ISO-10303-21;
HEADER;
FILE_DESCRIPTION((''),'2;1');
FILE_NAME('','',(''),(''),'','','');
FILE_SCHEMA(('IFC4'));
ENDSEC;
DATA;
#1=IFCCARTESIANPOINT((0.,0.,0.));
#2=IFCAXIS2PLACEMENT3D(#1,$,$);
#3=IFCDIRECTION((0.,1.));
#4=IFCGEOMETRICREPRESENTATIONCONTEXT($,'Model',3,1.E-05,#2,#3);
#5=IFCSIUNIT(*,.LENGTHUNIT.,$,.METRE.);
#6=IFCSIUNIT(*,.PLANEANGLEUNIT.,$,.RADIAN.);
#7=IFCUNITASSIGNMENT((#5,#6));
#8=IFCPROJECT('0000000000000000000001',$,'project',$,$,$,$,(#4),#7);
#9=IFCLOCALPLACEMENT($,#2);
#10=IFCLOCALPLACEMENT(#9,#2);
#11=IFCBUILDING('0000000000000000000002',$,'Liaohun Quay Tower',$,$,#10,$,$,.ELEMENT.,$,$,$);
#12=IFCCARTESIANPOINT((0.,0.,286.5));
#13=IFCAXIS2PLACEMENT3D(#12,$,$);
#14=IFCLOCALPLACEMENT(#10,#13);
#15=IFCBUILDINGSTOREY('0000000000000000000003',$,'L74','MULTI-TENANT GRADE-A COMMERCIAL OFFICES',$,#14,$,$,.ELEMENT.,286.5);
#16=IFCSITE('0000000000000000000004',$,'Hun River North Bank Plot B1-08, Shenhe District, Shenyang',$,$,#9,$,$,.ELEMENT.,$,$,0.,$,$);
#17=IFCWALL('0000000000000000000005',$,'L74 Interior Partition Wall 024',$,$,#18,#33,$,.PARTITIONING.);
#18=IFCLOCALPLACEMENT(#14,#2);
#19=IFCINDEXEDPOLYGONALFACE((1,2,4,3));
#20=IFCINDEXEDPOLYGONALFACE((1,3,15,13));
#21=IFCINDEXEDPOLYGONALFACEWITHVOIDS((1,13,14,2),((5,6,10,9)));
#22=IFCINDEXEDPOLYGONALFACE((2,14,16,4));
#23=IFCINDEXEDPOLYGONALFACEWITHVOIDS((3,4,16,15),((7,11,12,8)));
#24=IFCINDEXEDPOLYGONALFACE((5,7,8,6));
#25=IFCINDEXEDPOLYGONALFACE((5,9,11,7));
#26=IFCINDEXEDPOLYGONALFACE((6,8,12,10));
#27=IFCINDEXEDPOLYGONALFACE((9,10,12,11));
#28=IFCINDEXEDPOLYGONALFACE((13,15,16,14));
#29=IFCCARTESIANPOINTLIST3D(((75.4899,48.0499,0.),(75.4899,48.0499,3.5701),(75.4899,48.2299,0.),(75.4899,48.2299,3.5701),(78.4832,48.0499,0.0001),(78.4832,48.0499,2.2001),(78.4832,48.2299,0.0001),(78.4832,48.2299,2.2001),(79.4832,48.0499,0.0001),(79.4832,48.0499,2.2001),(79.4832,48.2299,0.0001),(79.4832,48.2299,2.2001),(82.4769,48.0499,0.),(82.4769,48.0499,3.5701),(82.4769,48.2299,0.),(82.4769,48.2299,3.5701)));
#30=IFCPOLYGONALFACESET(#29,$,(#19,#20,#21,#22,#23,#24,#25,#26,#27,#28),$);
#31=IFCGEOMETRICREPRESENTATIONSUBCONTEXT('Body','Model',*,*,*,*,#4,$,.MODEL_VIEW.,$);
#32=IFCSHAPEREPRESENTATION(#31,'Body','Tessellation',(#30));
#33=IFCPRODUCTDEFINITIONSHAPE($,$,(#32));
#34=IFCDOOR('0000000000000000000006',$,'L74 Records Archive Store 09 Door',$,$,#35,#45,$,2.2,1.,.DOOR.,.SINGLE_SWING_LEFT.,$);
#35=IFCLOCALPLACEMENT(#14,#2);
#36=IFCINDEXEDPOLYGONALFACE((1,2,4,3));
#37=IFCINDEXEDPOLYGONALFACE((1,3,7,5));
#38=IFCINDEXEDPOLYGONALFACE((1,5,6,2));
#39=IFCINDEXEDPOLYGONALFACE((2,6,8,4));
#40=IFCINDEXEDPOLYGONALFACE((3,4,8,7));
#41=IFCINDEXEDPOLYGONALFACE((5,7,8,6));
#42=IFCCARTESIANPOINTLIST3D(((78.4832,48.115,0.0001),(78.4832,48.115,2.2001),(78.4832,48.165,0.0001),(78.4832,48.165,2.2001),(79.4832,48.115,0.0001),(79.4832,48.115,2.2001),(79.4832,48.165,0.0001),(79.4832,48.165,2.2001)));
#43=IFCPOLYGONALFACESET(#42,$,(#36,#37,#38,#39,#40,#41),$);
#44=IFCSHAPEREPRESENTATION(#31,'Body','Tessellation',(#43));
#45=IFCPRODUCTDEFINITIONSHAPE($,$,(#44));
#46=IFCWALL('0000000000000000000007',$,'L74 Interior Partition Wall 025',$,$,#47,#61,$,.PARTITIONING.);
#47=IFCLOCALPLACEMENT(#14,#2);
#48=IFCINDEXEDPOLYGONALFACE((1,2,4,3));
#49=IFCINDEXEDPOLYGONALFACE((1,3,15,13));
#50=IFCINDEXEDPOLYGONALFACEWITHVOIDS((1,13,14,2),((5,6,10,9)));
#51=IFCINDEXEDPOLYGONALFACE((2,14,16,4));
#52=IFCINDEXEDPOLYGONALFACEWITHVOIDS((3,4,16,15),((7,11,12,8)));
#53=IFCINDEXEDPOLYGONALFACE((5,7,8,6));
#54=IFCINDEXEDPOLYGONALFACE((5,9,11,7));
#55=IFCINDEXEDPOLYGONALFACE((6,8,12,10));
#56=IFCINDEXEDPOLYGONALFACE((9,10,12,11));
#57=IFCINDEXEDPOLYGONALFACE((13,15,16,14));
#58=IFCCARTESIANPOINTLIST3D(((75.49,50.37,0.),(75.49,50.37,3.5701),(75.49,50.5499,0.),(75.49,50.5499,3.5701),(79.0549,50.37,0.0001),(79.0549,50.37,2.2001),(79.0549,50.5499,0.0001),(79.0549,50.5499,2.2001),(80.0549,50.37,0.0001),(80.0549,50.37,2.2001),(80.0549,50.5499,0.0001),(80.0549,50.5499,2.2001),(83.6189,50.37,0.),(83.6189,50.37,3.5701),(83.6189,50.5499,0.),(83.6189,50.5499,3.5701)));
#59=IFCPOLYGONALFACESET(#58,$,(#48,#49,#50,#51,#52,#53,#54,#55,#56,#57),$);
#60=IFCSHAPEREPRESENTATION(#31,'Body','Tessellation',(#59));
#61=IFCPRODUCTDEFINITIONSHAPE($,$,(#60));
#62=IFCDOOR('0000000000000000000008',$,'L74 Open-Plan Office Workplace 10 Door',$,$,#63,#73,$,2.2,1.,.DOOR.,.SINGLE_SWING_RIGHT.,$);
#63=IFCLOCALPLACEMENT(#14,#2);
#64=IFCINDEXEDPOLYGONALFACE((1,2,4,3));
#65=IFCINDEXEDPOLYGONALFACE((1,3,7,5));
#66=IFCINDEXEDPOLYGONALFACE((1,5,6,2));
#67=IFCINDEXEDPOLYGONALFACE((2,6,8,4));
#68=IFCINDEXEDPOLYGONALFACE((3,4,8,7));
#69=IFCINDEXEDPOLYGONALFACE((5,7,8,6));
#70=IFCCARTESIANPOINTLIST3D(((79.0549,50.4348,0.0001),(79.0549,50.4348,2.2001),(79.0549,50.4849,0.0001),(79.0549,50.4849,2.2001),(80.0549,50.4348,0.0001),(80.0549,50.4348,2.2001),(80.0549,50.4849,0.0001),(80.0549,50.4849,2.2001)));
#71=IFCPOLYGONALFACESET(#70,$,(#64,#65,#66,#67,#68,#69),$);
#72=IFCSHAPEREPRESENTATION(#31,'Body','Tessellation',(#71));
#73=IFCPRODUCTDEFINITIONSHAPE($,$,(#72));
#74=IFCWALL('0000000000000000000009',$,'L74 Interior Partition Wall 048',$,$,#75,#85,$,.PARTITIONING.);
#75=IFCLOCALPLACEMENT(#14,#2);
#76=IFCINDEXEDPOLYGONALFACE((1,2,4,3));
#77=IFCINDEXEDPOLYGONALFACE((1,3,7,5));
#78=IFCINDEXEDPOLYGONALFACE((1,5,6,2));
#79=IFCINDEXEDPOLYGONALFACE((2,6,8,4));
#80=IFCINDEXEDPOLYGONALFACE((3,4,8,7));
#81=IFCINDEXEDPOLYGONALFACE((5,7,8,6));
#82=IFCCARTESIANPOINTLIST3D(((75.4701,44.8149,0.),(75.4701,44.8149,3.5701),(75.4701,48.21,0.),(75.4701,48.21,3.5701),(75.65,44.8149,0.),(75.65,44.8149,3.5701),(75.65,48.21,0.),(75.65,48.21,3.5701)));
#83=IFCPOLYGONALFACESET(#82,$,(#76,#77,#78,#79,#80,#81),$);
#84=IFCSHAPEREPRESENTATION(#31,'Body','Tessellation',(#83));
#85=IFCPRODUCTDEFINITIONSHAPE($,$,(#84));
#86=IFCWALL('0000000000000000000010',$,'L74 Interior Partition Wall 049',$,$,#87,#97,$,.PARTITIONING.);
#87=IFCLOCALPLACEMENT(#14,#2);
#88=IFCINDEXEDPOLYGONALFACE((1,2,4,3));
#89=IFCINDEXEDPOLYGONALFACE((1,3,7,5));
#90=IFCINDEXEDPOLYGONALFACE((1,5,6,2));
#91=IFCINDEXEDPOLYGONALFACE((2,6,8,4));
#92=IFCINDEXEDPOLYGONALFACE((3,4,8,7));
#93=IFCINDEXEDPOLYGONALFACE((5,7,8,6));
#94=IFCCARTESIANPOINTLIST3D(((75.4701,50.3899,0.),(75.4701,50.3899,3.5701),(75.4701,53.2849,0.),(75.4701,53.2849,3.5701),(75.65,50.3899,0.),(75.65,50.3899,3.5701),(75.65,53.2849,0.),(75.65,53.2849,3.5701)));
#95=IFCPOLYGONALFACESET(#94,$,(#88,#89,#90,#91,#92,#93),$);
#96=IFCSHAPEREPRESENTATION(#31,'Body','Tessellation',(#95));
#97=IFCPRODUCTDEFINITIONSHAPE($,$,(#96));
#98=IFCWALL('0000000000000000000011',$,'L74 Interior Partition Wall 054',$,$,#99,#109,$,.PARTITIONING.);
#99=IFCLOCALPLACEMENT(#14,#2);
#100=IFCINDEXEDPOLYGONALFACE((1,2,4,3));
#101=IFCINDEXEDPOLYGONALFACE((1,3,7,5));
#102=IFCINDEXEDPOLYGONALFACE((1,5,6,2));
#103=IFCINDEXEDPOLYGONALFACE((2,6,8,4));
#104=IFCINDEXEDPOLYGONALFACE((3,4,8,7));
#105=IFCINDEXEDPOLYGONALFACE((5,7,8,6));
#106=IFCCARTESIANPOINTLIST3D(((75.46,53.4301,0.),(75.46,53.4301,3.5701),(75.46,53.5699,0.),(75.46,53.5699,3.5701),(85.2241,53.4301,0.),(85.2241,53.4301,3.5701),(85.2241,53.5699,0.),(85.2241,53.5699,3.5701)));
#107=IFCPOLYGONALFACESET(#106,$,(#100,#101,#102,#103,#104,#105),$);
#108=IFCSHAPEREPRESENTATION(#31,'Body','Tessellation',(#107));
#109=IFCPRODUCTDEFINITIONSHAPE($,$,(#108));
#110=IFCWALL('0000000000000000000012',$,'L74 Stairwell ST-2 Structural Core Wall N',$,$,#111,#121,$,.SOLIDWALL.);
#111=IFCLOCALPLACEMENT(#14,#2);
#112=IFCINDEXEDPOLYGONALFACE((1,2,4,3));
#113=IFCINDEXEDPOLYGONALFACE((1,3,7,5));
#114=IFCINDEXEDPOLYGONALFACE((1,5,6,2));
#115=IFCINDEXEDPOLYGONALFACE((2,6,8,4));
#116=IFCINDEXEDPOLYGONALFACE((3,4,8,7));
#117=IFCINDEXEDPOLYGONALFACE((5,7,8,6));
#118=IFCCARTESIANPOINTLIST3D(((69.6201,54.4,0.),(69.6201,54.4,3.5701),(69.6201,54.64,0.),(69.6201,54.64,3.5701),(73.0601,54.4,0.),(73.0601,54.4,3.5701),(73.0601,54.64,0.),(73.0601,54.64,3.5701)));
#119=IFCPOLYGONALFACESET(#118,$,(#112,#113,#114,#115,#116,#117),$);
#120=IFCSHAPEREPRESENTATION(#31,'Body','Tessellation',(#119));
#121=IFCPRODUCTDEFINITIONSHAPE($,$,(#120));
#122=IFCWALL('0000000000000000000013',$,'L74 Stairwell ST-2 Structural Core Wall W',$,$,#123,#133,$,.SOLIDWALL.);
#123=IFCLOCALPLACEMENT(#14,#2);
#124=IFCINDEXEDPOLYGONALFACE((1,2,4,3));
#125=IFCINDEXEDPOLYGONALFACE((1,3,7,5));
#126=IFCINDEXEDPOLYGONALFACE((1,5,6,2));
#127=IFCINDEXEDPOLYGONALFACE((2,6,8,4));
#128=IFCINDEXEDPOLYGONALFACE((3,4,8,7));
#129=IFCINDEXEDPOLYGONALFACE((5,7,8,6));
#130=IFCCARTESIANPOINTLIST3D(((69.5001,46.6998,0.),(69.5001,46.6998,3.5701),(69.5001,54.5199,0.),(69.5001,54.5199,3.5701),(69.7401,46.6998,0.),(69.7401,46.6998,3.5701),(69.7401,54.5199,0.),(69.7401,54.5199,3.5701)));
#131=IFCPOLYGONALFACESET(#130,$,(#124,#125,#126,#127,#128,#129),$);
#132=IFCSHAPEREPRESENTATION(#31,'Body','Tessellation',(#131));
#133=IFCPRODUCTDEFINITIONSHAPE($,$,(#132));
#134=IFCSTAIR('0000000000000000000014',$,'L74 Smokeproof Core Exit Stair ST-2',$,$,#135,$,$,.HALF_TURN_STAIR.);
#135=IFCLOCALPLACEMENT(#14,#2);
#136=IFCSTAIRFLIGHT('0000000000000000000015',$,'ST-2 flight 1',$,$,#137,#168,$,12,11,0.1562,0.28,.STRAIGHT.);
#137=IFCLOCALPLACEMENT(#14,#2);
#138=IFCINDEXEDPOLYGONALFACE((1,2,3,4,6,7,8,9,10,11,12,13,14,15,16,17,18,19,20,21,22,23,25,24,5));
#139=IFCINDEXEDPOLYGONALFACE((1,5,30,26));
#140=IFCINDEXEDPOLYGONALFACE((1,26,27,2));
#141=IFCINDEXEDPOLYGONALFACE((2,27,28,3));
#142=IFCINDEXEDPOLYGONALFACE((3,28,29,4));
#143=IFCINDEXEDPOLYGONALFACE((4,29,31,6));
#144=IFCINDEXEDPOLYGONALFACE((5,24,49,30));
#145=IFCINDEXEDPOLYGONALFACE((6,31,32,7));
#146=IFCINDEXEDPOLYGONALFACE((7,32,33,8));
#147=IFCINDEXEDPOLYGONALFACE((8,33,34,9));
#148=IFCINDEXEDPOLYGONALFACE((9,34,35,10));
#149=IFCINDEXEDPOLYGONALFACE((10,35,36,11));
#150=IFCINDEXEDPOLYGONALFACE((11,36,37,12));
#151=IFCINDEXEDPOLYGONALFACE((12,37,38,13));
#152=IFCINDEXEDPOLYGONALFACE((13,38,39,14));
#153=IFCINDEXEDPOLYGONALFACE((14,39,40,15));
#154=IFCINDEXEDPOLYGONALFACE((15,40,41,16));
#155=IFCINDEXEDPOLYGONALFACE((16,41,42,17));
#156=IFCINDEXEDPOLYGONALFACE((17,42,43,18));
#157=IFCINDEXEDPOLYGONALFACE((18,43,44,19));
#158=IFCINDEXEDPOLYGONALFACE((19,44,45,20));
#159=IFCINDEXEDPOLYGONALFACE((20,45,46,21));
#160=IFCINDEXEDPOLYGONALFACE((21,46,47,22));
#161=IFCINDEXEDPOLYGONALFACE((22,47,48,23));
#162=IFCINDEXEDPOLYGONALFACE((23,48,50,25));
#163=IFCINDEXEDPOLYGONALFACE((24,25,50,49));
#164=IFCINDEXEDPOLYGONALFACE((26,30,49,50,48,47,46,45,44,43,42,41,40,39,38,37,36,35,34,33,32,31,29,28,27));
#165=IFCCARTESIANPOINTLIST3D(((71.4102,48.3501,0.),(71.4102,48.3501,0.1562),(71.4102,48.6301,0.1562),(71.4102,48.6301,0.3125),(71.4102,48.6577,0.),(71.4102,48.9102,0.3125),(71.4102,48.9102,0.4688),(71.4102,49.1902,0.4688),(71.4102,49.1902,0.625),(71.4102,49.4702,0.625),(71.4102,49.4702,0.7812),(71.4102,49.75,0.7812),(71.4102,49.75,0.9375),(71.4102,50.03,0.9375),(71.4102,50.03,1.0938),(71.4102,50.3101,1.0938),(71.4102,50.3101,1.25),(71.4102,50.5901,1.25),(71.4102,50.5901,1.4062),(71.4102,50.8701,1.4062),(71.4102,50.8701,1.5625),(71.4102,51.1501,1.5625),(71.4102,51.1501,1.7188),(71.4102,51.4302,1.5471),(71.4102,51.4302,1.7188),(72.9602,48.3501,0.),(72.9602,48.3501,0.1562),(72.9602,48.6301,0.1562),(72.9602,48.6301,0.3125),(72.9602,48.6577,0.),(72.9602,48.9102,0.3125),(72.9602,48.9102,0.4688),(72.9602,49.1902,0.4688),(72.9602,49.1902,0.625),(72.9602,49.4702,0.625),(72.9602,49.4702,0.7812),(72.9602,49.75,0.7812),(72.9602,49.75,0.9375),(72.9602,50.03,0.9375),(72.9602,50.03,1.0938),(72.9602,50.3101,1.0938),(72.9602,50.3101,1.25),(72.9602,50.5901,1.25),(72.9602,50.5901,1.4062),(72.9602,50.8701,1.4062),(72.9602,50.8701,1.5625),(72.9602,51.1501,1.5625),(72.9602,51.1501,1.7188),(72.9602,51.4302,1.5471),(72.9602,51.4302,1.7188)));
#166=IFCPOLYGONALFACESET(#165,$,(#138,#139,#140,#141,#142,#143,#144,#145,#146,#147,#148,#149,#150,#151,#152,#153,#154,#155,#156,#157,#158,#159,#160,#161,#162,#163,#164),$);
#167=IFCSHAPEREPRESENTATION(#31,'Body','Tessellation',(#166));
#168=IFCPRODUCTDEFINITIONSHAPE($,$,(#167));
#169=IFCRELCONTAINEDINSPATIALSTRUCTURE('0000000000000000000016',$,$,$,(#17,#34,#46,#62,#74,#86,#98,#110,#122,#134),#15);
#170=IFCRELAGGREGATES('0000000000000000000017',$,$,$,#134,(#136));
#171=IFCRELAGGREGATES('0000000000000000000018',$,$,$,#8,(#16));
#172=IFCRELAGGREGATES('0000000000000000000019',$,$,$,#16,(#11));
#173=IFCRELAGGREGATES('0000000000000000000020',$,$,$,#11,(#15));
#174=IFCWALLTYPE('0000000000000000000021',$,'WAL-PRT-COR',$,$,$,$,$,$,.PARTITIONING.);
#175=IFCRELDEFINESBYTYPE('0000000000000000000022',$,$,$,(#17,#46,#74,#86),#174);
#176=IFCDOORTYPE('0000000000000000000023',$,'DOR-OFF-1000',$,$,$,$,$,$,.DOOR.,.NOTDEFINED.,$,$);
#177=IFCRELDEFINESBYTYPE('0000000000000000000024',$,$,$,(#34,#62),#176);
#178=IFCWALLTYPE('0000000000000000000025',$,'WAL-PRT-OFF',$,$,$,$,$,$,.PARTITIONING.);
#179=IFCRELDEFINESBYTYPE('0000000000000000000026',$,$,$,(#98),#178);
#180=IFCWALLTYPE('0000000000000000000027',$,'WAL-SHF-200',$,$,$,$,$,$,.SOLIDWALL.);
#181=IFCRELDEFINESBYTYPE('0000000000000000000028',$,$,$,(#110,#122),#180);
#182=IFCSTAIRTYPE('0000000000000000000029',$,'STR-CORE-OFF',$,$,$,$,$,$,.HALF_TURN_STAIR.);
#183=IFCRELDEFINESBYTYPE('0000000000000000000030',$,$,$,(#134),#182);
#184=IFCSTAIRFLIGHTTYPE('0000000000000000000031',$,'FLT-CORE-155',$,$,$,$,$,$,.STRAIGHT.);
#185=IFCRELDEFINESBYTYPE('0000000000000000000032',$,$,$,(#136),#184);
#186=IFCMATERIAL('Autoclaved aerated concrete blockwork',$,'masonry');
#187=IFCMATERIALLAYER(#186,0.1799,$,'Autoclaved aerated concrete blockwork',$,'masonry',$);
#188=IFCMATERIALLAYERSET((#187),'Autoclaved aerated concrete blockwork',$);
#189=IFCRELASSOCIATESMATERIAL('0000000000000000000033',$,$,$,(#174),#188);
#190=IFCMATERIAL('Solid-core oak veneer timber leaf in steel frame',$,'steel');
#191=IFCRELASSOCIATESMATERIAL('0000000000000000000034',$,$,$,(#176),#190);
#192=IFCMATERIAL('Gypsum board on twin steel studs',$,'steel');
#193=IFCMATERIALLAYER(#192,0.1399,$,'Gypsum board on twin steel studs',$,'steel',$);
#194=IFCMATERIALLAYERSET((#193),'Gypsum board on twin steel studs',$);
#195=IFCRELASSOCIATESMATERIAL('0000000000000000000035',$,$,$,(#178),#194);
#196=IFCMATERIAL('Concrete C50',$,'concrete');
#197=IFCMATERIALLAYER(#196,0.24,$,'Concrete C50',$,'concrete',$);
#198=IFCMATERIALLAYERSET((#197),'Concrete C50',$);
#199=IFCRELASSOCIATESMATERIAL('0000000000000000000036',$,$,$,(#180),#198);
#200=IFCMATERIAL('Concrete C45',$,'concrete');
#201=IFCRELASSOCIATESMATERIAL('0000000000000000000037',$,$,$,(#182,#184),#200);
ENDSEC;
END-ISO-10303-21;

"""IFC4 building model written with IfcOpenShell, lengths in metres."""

from ifc_helpers import new_model, si_unit, direction, frame, frame_2d, origin, place, context, subcontext, project, spatial, polyline, rectangle, outline, extrude, source, transform, mapped, material, layer, layer_set, type_object, element, fill, aggregate, save


model = new_model("IFC4")

# Units and contexts
model_context = context("Model", 3, precision=1e-05, world=origin(), true_north=direction((0.0, 1.0)))
body_context = subcontext(model_context, "Body", "Model", "MODEL_VIEW")
ifc_project = project(units=[si_unit("LENGTHUNIT", "METRE"), si_unit("PLANEANGLEUNIT", "RADIAN")], contexts=[model_context])

# Site, building, storey
site_placement = place(None, origin())
site = spatial("IfcSite", under=ifc_project, at=site_placement, Name="Hun River North Bank Plot B1-08, Shenhe District, Shenyang", CompositionType="ELEMENT", RefElevation=0.0)
building_placement = place(site_placement, origin())
building = spatial("IfcBuilding", under=site, at=building_placement, Name="Liaohun Quay Tower", CompositionType="ELEMENT")
storey_placement = place(building_placement, frame((0.0, 0.0, 286.5)))
storey = spatial("IfcBuildingStorey", under=building, at=storey_placement, Name="L74", Description="MULTI-TENANT GRADE-A COMMERCIAL OFFICES", CompositionType="ELEMENT", Elevation=286.5)

# Walls, openings, doors
ifc_material_1 = material(Name="Autoclaved aerated concrete blockwork", Category="masonry")
ifc_layer_1 = layer(ifc_material_1, 0.1799, Name="Autoclaved aerated concrete blockwork", Category="masonry")
ifc_layer_set_1 = layer_set([ifc_layer_1], Name="Autoclaved aerated concrete blockwork")
wall_type_1 = type_object("IfcWallType", Name="WAL-PRT-COR", PredefinedType="PARTITIONING", material=ifc_layer_set_1)
wall_1_placement = place(storey_placement, frame((82.4771, 48.1399, 0.0), z_axis=(0.0, 0.0, 1.0), x_axis=(-1.0, 0.0, 0.0)))
wall_1 = element("IfcWall", 1, at=wall_1_placement, inside=storey, type_object=wall_type_1, Name="L74 Interior Partition Wall 024", PredefinedType="PARTITIONING", context=body_context, shape_type="SweptSolid", body=[
    extrude(rectangle(XDim=6.9871, YDim=0.1799, at=frame_2d((3.4937, 0.0))), origin(), (0.0, 0.0, 1.0), 3.5701),
])
shared_shape_1 = source(origin(), body_context, "Body", "SweptSolid", [
    extrude(rectangle(XDim=1.0, YDim=2.2, at=frame_2d((0.5, 1.1001))), frame((0.0, 0.0999, 0.0), z_axis=(0.0, -1.0, 0.0), x_axis=(1.0, 0.0, 0.0)), (0.0, 0.0, 1.0), 0.2),
])
opening_1_placement = place(wall_1_placement, frame((2.9939, 0.0, 0.0)))
opening_1 = element("IfcOpeningElement", 2, at=opening_1_placement, cuts=wall_1, PredefinedType="OPENING", context=body_context, shape_type="MappedRepresentation", body=[
    mapped(shared_shape_1, transform((0.0, 0.0, 0.0), x_axis=(1.0, 0.0, 0.0), y_axis=(0.0, 1.0, 0.0), z_axis=(0.0, 0.0, 1.0), scale=1.0)),
])
ifc_material_2 = material(Name="Solid-core oak veneer timber leaf in steel frame", Category="steel")
door_type = type_object("IfcDoorType", Name="DOR-OFF-1000", OperationType="NOTDEFINED", PredefinedType="DOOR", material=ifc_material_2)
shared_shape_2 = source(origin(), body_context, "Body", "SweptSolid", [
    extrude(rectangle(XDim=1.0, YDim=2.2, at=frame_2d((0.5, 1.1001))), frame((0.0, 0.0249, 0.0), z_axis=(0.0, -1.0, 0.0), x_axis=(1.0, 0.0, 0.0)), (0.0, 0.0, 1.0), 0.05),
])
door_1_placement = place(opening_1_placement, origin())
door_1 = element("IfcDoor", 3, at=door_1_placement, inside=storey, type_object=door_type, Name="L74 Records Archive Store 09 Door", OperationType="SINGLE_SWING_LEFT", OverallHeight=2.2, OverallWidth=1.0, PredefinedType="DOOR", context=body_context, shape_type="MappedRepresentation", body=[
    mapped(shared_shape_2, transform((0.0, 0.0, 0.0), x_axis=(1.0, 0.0, 0.0), y_axis=(0.0, 1.0, 0.0), z_axis=(0.0, 0.0, 1.0), scale=1.0)),
])
fill(opening_1, door_1)
wall_2_placement = place(storey_placement, frame((75.49, 50.46, 0.0), z_axis=(0.0, 0.0, 1.0), x_axis=(1.0, 0.0, 0.0)))
wall_2 = element("IfcWall", 4, at=wall_2_placement, inside=storey, type_object=wall_type_1, Name="L74 Interior Partition Wall 025", PredefinedType="PARTITIONING", context=body_context, shape_type="SweptSolid", body=[
    extrude(rectangle(XDim=8.1289, YDim=0.1799, at=frame_2d((4.0645, 0.0))), origin(), (0.0, 0.0, 1.0), 3.5701),
])
opening_2_placement = place(wall_2_placement, frame((3.5649, 0.0, 0.0)))
opening_2 = element("IfcOpeningElement", 5, at=opening_2_placement, cuts=wall_2, PredefinedType="OPENING", context=body_context, shape_type="MappedRepresentation", body=[
    mapped(shared_shape_1, transform((0.0, 0.0, 0.0), x_axis=(1.0, 0.0, 0.0), y_axis=(0.0, 1.0, 0.0), z_axis=(0.0, 0.0, 1.0), scale=1.0)),
])
door_2_placement = place(opening_2_placement, origin())
door_2 = element("IfcDoor", 6, at=door_2_placement, inside=storey, type_object=door_type, Name="L74 Open-Plan Office Workplace 10 Door", OperationType="SINGLE_SWING_RIGHT", OverallHeight=2.2, OverallWidth=1.0, PredefinedType="DOOR", context=body_context, shape_type="MappedRepresentation", body=[
    mapped(shared_shape_2, transform((0.0, 0.0, 0.0), x_axis=(1.0, 0.0, 0.0), y_axis=(0.0, 1.0, 0.0), z_axis=(0.0, 0.0, 1.0), scale=1.0)),
])
fill(opening_2, door_2)

# Walls
wall_3_placement = place(storey_placement, frame((75.5601, 48.21, 0.0), z_axis=(0.0, 0.0, 1.0), x_axis=(0.0, -1.0, 0.0)))
element("IfcWall", 7, at=wall_3_placement, inside=storey, type_object=wall_type_1, Name="L74 Interior Partition Wall 048", PredefinedType="PARTITIONING", context=body_context, shape_type="SweptSolid", body=[
    extrude(rectangle(XDim=3.395, YDim=0.1799, at=frame_2d((1.6975, 0.0))), origin(), (0.0, 0.0, 1.0), 3.5701),
])
wall_4_placement = place(storey_placement, frame((75.5601, 53.2849, 0.0), z_axis=(0.0, 0.0, 1.0), x_axis=(0.0, -1.0, 0.0)))
element("IfcWall", 8, at=wall_4_placement, inside=storey, type_object=wall_type_1, Name="L74 Interior Partition Wall 049", PredefinedType="PARTITIONING", context=body_context, shape_type="SweptSolid", body=[
    extrude(rectangle(XDim=2.895, YDim=0.1799, at=frame_2d((1.4475, 0.0))), origin(), (0.0, 0.0, 1.0), 3.5701),
])
ifc_material_3 = material(Name="Gypsum board on twin steel studs", Category="steel")
ifc_layer_2 = layer(ifc_material_3, 0.1399, Name="Gypsum board on twin steel studs", Category="steel")
ifc_layer_set_2 = layer_set([ifc_layer_2], Name="Gypsum board on twin steel studs")
wall_type_2 = type_object("IfcWallType", Name="WAL-PRT-OFF", PredefinedType="PARTITIONING", material=ifc_layer_set_2)
wall_5_placement = place(storey_placement, frame((75.46, 53.5, 0.0), z_axis=(0.0, 0.0, 1.0), x_axis=(1.0, 0.0, 0.0)))
element("IfcWall", 9, at=wall_5_placement, inside=storey, type_object=wall_type_2, Name="L74 Interior Partition Wall 054", PredefinedType="PARTITIONING", context=body_context, shape_type="SweptSolid", body=[
    extrude(rectangle(XDim=9.7642, YDim=0.1399, at=frame_2d((4.8821, 0.0))), origin(), (0.0, 0.0, 1.0), 3.5701),
])
ifc_material_4 = material(Name="Concrete C50", Category="concrete")
ifc_layer_3 = layer(ifc_material_4, 0.24, Name="Concrete C50", Category="concrete")
ifc_layer_set_3 = layer_set([ifc_layer_3], Name="Concrete C50")
wall_type_3 = type_object("IfcWallType", Name="WAL-SHF-200", PredefinedType="SOLIDWALL", material=ifc_layer_set_3)
wall_6_placement = place(storey_placement, frame((73.0601, 54.52, 0.0), z_axis=(0.0, 0.0, 1.0), x_axis=(-1.0, 0.0, 0.0)))
element("IfcWall", 10, at=wall_6_placement, inside=storey, type_object=wall_type_3, Name="L74 Stairwell ST-2 Structural Core Wall N", PredefinedType="SOLIDWALL", context=body_context, shape_type="SweptSolid", body=[
    extrude(rectangle(XDim=3.4399, YDim=0.24, at=frame_2d((1.72, 0.0))), origin(), (0.0, 0.0, 1.0), 3.5701),
])
wall_7_placement = place(storey_placement, frame((69.6201, 54.52, 0.0), z_axis=(0.0, 0.0, 1.0), x_axis=(0.0, -1.0, 0.0)))
element("IfcWall", 11, at=wall_7_placement, inside=storey, type_object=wall_type_3, Name="L74 Stairwell ST-2 Structural Core Wall W", PredefinedType="SOLIDWALL", context=body_context, shape_type="SweptSolid", body=[
    extrude(rectangle(XDim=7.8201, YDim=0.24, at=frame_2d((3.9102, 0.0))), origin(), (0.0, 0.0, 1.0), 3.5701),
])

# Stair, stair flight
ifc_material_5 = material(Name="Concrete C45", Category="concrete")
stair_type = type_object("IfcStairType", Name="STR-CORE-OFF", PredefinedType="HALF_TURN_STAIR", material=ifc_material_5)
stair_placement = place(storey_placement, origin())
stair = element("IfcStair", 12, at=stair_placement, inside=storey, type_object=stair_type, Name="L74 Smokeproof Core Exit Stair ST-2", PredefinedType="HALF_TURN_STAIR")
stair_flight_type = type_object("IfcStairFlightType", Name="FLT-CORE-155", PredefinedType="STRAIGHT", material=ifc_material_5)
stair_flight_1_placement = place(storey_placement, frame((72.1851, 48.3501, 0.0), z_axis=(0.0, 0.0, 1.0), x_axis=(0.0, 1.0, 0.0)))
stair_flight_1 = element("IfcStairFlight", 13, at=stair_flight_1_placement, type_object=stair_flight_type, Name="ST-2 flight 1", NumberOfRisers=12, NumberOfTreads=11, PredefinedType="STRAIGHT", RiserHeight=0.1562, TreadLength=0.28, context=body_context, shape_type="SweptSolid", body=[
    extrude(outline(polyline([(0.0, 0.0), (0.0, 0.1562), (0.28, 0.1562), (0.28, 0.3125), (0.5601, 0.3125), (0.5601, 0.4688), (0.8401, 0.4688), (0.8401, 0.625), (1.1201, 0.625), (1.1201, 0.7812), (1.3999, 0.7812), (1.3999, 0.9375), (1.6799, 0.9375), (1.6799, 1.0938), (1.96, 1.0938), (1.96, 1.25), (2.24, 1.25), (2.24, 1.4062), (2.52, 1.4062), (2.52, 1.5625), (2.8, 1.5625), (2.8, 1.7188), (3.0801, 1.7188), (3.0801, 1.875), (3.0801, 1.5471), (0.3076, 0.0), (0.0, 0.0)])), frame((0.0, 0.7749, 0.0), z_axis=(0.0, -1.0, 0.0), x_axis=(1.0, 0.0, 0.0)), (0.0, 0.0, 1.0), 1.55),
])
aggregate(stair, [stair_flight_1])

save(model, "model.ifc")
